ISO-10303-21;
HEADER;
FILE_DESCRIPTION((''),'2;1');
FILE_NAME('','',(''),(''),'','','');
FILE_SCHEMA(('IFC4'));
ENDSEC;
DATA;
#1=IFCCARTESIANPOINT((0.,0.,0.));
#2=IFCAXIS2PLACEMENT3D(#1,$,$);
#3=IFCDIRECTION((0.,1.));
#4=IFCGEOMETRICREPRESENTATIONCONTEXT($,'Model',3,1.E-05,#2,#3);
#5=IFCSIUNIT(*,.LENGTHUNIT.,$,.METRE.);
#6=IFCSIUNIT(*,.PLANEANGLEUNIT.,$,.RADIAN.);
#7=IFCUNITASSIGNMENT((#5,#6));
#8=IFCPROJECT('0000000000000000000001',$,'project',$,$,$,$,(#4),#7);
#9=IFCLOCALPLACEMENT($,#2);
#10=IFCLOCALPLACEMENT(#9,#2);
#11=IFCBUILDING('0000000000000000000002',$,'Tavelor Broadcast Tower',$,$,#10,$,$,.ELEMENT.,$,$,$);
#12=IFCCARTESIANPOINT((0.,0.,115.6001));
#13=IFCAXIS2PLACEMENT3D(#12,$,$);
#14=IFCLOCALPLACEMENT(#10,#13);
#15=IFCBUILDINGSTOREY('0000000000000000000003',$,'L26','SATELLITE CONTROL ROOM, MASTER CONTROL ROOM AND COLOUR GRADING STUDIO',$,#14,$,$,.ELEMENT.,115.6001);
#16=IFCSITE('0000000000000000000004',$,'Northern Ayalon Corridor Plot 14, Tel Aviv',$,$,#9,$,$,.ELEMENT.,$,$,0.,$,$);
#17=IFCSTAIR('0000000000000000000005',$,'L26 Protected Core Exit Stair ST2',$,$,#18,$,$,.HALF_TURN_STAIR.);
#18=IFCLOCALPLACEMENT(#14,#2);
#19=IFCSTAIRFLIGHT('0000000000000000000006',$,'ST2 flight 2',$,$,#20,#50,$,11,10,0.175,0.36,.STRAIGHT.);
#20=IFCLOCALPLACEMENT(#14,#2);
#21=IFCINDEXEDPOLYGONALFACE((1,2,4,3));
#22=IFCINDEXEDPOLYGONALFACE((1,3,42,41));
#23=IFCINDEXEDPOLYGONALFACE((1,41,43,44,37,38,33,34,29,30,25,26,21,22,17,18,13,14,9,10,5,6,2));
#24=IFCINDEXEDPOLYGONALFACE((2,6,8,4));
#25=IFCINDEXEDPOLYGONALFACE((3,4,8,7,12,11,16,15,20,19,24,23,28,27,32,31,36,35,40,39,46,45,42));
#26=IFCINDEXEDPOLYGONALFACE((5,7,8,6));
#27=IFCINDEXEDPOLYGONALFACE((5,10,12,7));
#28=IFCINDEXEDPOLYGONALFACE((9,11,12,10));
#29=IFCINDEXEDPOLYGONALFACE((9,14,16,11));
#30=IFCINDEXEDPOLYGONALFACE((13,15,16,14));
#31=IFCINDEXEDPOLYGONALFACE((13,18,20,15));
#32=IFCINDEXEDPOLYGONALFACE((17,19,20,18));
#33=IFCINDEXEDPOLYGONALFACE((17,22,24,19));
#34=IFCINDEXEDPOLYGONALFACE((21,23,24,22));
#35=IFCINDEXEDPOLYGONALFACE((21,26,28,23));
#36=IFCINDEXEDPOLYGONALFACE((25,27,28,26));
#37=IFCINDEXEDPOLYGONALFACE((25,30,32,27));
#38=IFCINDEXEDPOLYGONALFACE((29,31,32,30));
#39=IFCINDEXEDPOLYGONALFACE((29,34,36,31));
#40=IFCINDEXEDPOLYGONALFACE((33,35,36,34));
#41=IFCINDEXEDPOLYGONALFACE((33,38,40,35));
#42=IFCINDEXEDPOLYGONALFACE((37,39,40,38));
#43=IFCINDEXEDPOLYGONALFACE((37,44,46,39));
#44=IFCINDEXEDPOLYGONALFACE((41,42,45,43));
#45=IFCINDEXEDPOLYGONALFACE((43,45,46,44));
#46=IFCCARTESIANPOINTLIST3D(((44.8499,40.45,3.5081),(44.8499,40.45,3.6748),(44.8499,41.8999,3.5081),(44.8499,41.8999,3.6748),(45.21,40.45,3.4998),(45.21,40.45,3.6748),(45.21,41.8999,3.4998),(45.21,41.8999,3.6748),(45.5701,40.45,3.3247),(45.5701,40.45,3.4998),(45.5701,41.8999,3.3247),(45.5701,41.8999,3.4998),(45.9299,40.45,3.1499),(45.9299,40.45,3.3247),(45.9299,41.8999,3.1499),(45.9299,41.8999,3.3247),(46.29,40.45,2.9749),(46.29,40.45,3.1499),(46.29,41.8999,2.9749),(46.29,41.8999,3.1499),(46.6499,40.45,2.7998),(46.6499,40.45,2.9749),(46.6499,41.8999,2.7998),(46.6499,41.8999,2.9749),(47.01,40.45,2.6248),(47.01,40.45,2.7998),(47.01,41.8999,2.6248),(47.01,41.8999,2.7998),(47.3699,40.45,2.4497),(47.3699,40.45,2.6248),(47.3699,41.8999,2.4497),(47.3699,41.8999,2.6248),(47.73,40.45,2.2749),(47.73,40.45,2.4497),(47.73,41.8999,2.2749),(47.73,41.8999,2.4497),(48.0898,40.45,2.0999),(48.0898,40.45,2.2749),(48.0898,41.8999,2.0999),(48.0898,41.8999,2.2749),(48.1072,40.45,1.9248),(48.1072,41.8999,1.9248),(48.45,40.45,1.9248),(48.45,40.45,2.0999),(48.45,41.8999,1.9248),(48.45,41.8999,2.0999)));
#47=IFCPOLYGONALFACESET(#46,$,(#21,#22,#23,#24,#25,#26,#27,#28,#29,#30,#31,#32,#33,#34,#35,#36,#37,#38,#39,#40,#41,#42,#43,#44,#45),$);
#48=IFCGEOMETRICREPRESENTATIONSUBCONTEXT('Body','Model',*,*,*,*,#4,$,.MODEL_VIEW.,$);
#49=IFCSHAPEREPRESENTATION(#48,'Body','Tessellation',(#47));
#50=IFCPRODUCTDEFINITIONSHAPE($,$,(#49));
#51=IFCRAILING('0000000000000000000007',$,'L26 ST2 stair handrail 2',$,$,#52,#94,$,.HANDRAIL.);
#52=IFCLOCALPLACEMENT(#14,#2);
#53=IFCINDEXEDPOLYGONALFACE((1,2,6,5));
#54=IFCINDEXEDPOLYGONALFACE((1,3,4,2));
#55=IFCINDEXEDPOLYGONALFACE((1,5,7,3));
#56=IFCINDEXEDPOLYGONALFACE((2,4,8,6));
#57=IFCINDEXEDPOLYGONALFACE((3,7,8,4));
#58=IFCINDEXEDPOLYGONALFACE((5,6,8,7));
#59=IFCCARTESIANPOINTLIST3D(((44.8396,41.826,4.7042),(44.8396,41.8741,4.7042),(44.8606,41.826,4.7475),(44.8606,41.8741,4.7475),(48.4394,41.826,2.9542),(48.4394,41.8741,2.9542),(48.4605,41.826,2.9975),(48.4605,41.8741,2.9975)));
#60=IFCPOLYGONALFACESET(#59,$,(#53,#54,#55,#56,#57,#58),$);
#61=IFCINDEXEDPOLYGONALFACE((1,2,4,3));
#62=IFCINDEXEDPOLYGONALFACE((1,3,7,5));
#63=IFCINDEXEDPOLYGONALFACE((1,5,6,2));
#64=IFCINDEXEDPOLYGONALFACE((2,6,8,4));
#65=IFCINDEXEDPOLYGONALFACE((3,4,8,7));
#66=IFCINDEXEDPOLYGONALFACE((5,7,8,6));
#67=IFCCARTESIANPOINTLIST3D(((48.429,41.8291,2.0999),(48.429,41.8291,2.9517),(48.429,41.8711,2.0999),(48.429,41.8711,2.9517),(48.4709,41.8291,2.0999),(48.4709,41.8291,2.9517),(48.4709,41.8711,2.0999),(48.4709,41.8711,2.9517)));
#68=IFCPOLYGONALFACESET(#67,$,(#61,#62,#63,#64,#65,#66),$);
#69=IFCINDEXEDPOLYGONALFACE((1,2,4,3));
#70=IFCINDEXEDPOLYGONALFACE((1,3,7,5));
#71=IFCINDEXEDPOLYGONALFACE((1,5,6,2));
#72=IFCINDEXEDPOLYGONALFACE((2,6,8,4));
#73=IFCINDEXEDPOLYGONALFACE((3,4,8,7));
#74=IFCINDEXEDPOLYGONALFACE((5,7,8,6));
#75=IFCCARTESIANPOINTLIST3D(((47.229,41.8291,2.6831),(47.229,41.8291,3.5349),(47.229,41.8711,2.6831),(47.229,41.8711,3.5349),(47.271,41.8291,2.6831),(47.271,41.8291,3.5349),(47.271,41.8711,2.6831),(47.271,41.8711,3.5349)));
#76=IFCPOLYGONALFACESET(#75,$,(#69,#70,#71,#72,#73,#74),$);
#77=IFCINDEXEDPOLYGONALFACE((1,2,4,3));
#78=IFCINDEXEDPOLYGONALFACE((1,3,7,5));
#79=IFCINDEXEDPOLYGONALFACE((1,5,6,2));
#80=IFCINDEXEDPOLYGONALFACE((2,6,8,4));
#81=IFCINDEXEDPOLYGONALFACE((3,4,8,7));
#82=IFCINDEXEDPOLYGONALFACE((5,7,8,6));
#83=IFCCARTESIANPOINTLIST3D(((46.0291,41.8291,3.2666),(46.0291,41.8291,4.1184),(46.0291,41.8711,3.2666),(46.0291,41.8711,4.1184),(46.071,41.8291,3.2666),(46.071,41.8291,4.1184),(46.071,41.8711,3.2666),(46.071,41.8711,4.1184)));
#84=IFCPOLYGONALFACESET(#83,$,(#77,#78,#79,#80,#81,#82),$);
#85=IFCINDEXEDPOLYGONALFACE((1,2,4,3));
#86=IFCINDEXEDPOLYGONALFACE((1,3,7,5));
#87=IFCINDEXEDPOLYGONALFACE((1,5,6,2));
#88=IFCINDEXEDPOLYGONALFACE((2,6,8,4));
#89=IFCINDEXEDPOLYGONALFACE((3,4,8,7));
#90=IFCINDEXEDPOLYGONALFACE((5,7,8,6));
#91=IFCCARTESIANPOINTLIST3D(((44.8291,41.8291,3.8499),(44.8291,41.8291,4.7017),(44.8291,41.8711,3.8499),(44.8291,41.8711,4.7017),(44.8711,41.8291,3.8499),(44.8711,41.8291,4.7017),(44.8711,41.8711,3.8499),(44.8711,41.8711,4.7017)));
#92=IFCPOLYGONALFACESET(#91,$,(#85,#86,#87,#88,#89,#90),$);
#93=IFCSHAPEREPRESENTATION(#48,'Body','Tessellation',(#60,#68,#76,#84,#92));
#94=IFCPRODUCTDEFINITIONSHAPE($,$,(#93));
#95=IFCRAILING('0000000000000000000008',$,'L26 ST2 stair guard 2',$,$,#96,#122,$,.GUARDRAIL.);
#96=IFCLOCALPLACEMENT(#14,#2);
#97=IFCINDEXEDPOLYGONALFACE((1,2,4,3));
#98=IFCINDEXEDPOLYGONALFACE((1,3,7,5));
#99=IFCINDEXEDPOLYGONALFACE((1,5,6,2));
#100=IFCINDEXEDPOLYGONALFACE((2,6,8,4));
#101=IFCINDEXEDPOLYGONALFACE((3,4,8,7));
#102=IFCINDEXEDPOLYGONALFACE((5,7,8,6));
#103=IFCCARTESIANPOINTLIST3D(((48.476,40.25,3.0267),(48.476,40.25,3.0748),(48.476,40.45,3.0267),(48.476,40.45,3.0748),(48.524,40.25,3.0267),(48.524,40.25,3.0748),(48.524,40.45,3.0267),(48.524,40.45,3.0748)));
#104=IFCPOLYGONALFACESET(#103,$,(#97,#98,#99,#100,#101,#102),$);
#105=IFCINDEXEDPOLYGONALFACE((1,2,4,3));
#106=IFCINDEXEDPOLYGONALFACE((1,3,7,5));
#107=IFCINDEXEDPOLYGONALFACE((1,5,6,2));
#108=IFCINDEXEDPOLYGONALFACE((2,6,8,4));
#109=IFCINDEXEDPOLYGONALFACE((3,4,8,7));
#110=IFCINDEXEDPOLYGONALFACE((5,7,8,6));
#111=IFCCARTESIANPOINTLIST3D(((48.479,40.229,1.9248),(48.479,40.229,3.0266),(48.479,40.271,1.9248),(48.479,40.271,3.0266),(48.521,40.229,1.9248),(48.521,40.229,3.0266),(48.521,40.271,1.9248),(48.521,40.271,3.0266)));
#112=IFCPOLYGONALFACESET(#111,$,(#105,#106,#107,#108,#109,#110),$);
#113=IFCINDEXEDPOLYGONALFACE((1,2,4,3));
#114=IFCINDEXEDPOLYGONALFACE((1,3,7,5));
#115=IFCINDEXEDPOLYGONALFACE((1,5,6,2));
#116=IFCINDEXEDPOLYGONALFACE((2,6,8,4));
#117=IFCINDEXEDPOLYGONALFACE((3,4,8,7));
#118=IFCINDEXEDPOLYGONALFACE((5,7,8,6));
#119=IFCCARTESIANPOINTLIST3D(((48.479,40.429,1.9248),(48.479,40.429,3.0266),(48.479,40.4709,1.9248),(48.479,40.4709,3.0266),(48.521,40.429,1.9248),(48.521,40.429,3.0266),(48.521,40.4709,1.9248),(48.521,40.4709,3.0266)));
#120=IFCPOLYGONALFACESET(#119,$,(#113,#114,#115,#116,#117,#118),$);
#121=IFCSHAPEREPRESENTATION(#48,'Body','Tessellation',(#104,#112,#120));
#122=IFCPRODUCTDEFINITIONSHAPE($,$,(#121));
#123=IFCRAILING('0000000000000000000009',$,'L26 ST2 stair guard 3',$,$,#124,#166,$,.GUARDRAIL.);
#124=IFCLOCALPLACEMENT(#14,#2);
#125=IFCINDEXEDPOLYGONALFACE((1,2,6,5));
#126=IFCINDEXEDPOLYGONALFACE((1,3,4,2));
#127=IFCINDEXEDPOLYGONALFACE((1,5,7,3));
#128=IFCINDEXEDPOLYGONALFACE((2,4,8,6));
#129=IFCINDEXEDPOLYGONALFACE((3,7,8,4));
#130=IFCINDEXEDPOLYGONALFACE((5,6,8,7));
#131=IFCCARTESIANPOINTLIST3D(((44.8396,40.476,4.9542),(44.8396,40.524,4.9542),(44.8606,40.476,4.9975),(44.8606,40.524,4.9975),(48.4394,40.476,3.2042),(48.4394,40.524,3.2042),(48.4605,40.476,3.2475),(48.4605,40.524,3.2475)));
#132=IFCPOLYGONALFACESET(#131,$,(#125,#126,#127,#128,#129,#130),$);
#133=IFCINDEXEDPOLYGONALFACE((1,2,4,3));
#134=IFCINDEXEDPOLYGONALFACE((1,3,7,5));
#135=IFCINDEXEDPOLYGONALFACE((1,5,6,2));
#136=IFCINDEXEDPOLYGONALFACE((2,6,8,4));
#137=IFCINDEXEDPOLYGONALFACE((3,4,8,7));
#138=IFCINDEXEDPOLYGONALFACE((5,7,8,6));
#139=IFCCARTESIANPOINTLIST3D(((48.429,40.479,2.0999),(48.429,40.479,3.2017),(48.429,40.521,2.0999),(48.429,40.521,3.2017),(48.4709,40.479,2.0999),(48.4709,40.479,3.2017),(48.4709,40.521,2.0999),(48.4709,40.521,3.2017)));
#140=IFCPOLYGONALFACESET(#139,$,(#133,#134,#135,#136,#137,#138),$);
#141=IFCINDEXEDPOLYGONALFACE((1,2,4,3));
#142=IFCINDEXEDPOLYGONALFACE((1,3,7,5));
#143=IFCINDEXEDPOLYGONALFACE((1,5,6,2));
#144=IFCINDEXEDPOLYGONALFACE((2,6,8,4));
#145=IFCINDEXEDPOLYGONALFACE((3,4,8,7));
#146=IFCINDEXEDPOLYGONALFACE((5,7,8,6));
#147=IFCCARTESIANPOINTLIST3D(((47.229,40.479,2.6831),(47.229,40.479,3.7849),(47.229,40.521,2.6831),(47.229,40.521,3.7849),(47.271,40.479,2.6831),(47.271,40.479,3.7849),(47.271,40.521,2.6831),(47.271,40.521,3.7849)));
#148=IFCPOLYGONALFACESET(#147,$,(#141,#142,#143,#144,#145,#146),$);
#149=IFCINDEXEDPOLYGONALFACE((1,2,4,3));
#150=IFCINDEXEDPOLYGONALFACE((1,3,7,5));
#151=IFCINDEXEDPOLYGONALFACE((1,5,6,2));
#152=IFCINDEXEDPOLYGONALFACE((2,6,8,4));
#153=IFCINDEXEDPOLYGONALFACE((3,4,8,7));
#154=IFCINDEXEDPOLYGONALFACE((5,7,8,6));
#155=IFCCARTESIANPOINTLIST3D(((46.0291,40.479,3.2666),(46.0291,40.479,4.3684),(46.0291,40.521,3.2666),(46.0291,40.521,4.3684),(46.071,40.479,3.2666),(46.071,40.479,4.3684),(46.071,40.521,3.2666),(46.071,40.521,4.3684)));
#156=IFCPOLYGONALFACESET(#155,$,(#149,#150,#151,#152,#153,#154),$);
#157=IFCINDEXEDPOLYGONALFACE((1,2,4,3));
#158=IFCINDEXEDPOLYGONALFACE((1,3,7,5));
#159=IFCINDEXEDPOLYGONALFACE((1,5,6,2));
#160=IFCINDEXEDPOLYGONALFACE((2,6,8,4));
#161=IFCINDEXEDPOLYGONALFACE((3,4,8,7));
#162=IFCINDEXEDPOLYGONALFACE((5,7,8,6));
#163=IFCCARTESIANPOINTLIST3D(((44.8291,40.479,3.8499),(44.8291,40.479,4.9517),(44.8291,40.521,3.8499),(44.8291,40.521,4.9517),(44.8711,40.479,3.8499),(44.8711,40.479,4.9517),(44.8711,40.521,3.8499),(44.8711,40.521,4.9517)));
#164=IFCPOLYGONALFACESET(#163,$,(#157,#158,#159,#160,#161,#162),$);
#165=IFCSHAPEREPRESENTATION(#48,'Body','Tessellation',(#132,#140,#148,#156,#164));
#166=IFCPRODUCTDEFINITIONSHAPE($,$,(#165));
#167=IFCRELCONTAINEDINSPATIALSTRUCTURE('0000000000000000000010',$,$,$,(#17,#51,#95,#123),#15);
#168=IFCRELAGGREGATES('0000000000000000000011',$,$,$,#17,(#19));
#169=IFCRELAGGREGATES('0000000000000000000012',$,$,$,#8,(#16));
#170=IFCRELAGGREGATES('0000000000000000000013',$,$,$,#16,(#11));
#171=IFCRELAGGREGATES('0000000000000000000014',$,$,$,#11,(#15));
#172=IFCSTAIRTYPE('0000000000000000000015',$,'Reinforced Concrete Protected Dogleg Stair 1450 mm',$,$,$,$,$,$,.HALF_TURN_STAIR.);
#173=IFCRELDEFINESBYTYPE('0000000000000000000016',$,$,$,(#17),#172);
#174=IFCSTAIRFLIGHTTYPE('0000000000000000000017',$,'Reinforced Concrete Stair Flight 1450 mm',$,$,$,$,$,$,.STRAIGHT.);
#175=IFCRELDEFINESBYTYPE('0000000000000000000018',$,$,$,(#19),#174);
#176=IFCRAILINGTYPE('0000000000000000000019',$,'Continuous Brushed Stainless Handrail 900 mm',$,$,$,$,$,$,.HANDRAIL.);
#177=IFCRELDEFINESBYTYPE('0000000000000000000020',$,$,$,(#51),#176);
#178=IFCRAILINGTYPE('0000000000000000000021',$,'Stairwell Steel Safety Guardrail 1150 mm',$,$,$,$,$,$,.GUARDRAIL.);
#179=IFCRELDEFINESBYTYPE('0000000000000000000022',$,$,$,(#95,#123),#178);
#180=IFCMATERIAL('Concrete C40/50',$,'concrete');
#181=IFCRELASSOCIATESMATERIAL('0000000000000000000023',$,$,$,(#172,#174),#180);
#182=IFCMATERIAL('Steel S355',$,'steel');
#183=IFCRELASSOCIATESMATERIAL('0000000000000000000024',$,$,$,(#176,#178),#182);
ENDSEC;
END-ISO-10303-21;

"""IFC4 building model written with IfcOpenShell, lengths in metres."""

from ifc_helpers import new_model, si_unit, direction, frame, origin, origin_2d, place, context, subcontext, project, spatial, polyline, rectangle, outline, extrude, material, type_object, element, aggregate, save


model = new_model("IFC4")

# Units and contexts
model_context = context("Model", 3, precision=1e-05, world=origin(), true_north=direction((0.0, 1.0)))
body_context = subcontext(model_context, "Body", "Model", "MODEL_VIEW")
ifc_project = project(units=[si_unit("LENGTHUNIT", "METRE"), si_unit("PLANEANGLEUNIT", "RADIAN")], contexts=[model_context])

# Site, building, storey
site_placement = place(None, origin())
site = spatial("IfcSite", under=ifc_project, at=site_placement, Name="Northern Ayalon Corridor Plot 14, Tel Aviv", CompositionType="ELEMENT", RefElevation=0.0)
building_placement = place(site_placement, origin())
building = spatial("IfcBuilding", under=site, at=building_placement, Name="Tavelor Broadcast Tower", CompositionType="ELEMENT")
storey_placement = place(building_placement, frame((0.0, 0.0, 115.6001)))
storey = spatial("IfcBuildingStorey", under=building, at=storey_placement, Name="L26", Description="SATELLITE CONTROL ROOM, MASTER CONTROL ROOM AND COLOUR GRADING STUDIO", CompositionType="ELEMENT", Elevation=115.6001)

# Shared definitions
ifc_material_1 = material(Name="Steel S355", Category="steel")

# Shared definitions
ifc_material_2 = material(Name="Concrete C40/50", Category="concrete")

# Stair, stair flight
stair_type = type_object("IfcStairType", Name="Reinforced Concrete Protected Dogleg Stair 1450 mm", PredefinedType="HALF_TURN_STAIR", material=ifc_material_2)
stair_placement = place(storey_placement, origin())
stair = element("IfcStair", 1, at=stair_placement, inside=storey, type_object=stair_type, Name="L26 Protected Core Exit Stair ST2", PredefinedType="HALF_TURN_STAIR")
stair_flight_type = type_object("IfcStairFlightType", Name="Reinforced Concrete Stair Flight 1450 mm", PredefinedType="STRAIGHT", material=ifc_material_2)
stair_flight_placement = place(storey_placement, frame((48.45, 41.175, 1.9248), z_axis=(0.0, 0.0, 1.0), x_axis=(-1.0, 0.0, 0.0)))
stair_flight = element("IfcStairFlight", 2, at=stair_flight_placement, type_object=stair_flight_type, Name="ST2 flight 2", NumberOfRisers=11, NumberOfTreads=10, PredefinedType="STRAIGHT", RiserHeight=0.175, TreadLength=0.36, context=body_context, shape_type="SweptSolid", body=[
    extrude(outline(polyline([(0.0, 0.0), (0.0, 0.175), (0.3601, 0.175), (0.3601, 0.3501), (0.72, 0.3501), (0.72, 0.5249), (1.0801, 0.5249), (1.0801, 0.7), (1.4399, 0.7), (1.4399, 0.875), (1.8, 0.875), (1.8, 1.05), (2.1599, 1.05), (2.1599, 1.2251), (2.52, 1.2251), (2.52, 1.3999), (2.8799, 1.3999), (2.8799, 1.575), (3.24, 1.575), (3.24, 1.75), (3.6001, 1.75), (3.6001, 1.925), (3.6001, 1.5833), (0.3428, 0.0), (0.0, 0.0)])), frame((0.0, 0.7251, 0.0), z_axis=(0.0, -1.0, 0.0), x_axis=(1.0, 0.0, 0.0)), (0.0, 0.0, 1.0), 1.45),
])
aggregate(stair, [stair_flight])

# Railings
railing_type_1 = type_object("IfcRailingType", Name="Continuous Brushed Stainless Handrail 900 mm", PredefinedType="HANDRAIL", material=ifc_material_1)
railing_1_placement = place(storey_placement, frame((48.45, 41.8501, 2.0999)))
element("IfcRailing", 3, at=railing_1_placement, inside=storey, type_object=railing_type_1, Name="L26 ST2 stair handrail 2", PredefinedType="HANDRAIL", context=body_context, shape_type="SweptSolid", body=[
    extrude(rectangle(XDim=0.0481, YDim=0.0481, at=origin_2d()), frame((0.0, 0.0, 0.876), z_axis=(-0.899361, 0.0, 0.437207), x_axis=(0.0, -1.0, 0.0)), (0.0, 0.0, 1.0), 4.0027),
    extrude(rectangle(XDim=0.042, YDim=0.042, at=origin_2d()), origin(), (0.0, 0.0, 1.0), 0.8518),
    extrude(rectangle(XDim=0.042, YDim=0.042, at=origin_2d()), frame((-1.2, 0.0, 0.5833)), (0.0, 0.0, 1.0), 0.8518),
    extrude(rectangle(XDim=0.042, YDim=0.042, at=origin_2d()), frame((-2.3999, 0.0, 1.1667)), (0.0, 0.0, 1.0), 0.8518),
    extrude(rectangle(XDim=0.042, YDim=0.042, at=origin_2d()), frame((-3.5999, 0.0, 1.75)), (0.0, 0.0, 1.0), 0.8518),
])
railing_type_2 = type_object("IfcRailingType", Name="Stairwell Steel Safety Guardrail 1150 mm", PredefinedType="GUARDRAIL", material=ifc_material_1)
railing_2_placement = place(storey_placement, frame((48.5, 40.25, 1.9248)))
element("IfcRailing", 4, at=railing_2_placement, inside=storey, type_object=railing_type_2, Name="L26 ST2 stair guard 2", PredefinedType="GUARDRAIL", context=body_context, shape_type="SweptSolid", body=[
    extrude(rectangle(XDim=0.0481, YDim=0.0481, at=origin_2d()), frame((0.0, 0.0, 1.126), z_axis=(0.0, 1.0, 0.0), x_axis=(-1.0, 0.0, 0.0)), (0.0, 0.0, 1.0), 0.2),
    extrude(rectangle(XDim=0.042, YDim=0.042, at=origin_2d()), origin(), (0.0, 0.0, 1.0), 1.1018),
    extrude(rectangle(XDim=0.042, YDim=0.042, at=origin_2d()), frame((0.0, 0.2, 0.0)), (0.0, 0.0, 1.0), 1.1018),
])
railing_3_placement = place(storey_placement, frame((48.45, 40.5, 2.0999)))
element("IfcRailing", 5, at=railing_3_placement, inside=storey, type_object=railing_type_2, Name="L26 ST2 stair guard 3", PredefinedType="GUARDRAIL", context=body_context, shape_type="SweptSolid", body=[
    extrude(rectangle(XDim=0.0481, YDim=0.0481, at=origin_2d()), frame((0.0, 0.0, 1.126), z_axis=(-0.899361, 0.0, 0.437207), x_axis=(0.0, -1.0, 0.0)), (0.0, 0.0, 1.0), 4.0027),
    extrude(rectangle(XDim=0.042, YDim=0.042, at=origin_2d()), origin(), (0.0, 0.0, 1.0), 1.1018),
    extrude(rectangle(XDim=0.042, YDim=0.042, at=origin_2d()), frame((-1.2, 0.0, 0.5833)), (0.0, 0.0, 1.0), 1.1018),
    extrude(rectangle(XDim=0.042, YDim=0.042, at=origin_2d()), frame((-2.3999, 0.0, 1.1667)), (0.0, 0.0, 1.0), 1.1018),
    extrude(rectangle(XDim=0.042, YDim=0.042, at=origin_2d()), frame((-3.5999, 0.0, 1.75)), (0.0, 0.0, 1.0), 1.1018),
])

save(model, "model.ifc")
